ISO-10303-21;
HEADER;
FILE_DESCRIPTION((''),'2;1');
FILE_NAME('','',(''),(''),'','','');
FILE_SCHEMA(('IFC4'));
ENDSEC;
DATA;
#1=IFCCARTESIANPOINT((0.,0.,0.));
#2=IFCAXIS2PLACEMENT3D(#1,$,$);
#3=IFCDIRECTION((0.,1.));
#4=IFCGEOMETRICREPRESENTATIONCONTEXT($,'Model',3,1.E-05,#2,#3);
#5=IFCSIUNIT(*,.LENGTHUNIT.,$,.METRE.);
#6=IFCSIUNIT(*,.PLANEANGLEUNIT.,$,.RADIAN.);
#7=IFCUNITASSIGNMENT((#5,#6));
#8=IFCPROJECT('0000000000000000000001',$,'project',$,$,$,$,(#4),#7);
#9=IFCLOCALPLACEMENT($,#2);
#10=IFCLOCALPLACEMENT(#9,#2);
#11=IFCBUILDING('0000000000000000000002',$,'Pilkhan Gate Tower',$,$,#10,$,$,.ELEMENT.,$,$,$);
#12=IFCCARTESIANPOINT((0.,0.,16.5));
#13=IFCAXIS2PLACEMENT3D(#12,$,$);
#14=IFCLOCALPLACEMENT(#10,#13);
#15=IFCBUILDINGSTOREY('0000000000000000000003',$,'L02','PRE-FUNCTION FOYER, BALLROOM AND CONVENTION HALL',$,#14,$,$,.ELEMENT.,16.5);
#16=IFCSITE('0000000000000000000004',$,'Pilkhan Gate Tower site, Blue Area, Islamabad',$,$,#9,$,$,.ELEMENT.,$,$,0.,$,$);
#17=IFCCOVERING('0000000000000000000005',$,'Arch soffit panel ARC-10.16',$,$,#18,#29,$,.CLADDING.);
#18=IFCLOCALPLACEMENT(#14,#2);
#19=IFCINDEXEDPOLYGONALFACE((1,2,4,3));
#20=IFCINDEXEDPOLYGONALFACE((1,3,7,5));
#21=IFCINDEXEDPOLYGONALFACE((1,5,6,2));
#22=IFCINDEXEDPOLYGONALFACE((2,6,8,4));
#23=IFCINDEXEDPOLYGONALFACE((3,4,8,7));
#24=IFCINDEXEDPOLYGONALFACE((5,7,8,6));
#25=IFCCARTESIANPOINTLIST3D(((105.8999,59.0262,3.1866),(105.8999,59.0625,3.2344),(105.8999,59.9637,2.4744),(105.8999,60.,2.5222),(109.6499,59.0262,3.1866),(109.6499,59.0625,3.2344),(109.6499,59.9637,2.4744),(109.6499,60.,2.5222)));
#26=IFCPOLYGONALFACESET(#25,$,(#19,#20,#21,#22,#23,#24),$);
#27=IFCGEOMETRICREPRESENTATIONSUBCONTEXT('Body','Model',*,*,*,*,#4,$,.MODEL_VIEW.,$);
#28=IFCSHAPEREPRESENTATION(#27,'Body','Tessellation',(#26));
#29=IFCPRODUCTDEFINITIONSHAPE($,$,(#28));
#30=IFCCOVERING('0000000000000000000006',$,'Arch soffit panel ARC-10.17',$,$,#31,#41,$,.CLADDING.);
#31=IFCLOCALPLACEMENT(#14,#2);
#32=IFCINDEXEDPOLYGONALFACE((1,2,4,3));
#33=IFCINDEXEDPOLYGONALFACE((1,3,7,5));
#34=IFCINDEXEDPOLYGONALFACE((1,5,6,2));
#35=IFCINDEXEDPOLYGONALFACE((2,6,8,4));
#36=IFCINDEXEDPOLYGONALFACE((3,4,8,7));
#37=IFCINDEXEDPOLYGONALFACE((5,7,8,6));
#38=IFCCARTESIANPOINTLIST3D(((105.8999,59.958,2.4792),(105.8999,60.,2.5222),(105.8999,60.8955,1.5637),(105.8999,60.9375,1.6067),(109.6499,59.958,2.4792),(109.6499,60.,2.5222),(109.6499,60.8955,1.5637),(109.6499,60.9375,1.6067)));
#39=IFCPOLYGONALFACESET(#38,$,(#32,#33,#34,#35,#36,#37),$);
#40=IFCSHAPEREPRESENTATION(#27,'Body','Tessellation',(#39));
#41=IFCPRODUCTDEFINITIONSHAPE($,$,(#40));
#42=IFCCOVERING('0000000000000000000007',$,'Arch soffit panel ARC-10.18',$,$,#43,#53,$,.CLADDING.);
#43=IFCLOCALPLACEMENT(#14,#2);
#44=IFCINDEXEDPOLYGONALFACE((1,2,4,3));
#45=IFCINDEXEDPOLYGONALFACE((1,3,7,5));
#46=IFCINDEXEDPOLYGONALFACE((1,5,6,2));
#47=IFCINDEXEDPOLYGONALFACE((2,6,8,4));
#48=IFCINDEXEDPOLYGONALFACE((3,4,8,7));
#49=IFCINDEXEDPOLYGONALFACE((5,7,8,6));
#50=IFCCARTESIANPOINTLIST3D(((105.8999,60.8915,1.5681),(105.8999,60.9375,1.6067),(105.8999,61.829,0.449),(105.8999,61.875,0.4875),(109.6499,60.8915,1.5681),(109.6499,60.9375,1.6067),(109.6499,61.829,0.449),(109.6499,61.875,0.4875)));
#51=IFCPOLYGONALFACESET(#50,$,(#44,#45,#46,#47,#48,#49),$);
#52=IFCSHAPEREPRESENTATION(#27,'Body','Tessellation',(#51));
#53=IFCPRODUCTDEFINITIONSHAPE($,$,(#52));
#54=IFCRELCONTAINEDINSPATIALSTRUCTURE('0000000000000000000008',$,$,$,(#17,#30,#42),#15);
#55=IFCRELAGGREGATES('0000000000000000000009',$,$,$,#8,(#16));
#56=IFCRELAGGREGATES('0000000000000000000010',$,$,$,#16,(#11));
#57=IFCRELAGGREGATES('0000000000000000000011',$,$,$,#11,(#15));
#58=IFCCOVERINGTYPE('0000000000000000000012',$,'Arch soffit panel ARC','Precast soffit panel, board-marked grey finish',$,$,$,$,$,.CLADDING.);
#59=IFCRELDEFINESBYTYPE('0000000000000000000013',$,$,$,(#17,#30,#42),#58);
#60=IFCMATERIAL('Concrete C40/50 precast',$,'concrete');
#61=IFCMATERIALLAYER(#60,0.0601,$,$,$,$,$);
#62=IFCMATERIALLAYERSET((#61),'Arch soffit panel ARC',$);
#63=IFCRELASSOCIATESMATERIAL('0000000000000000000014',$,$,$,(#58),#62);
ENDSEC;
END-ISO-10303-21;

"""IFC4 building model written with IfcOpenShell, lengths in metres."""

from ifc_helpers import new_model, si_unit, direction, frame, origin, place, context, subcontext, project, spatial, polyline, outline, extrude, material, layer, layer_set, type_object, element, save


model = new_model("IFC4")

# Units and contexts
model_context = context("Model", 3, precision=1e-05, world=origin(), true_north=direction((0.0, 1.0)))
body_context = subcontext(model_context, "Body", "Model", "MODEL_VIEW")
ifc_project = project(units=[si_unit("LENGTHUNIT", "METRE"), si_unit("PLANEANGLEUNIT", "RADIAN")], contexts=[model_context])

# Site, building, storey
site_placement = place(None, origin())
site = spatial("IfcSite", under=ifc_project, at=site_placement, Name="Pilkhan Gate Tower site, Blue Area, Islamabad", CompositionType="ELEMENT", RefElevation=0.0)
building_placement = place(site_placement, origin())
building = spatial("IfcBuilding", under=site, at=building_placement, Name="Pilkhan Gate Tower", CompositionType="ELEMENT")
storey_placement = place(building_placement, frame((0.0, 0.0, 16.5)))
storey = spatial("IfcBuildingStorey", under=building, at=storey_placement, Name="L02", Description="PRE-FUNCTION FOYER, BALLROOM AND CONVENTION HALL", CompositionType="ELEMENT", Elevation=16.5)

# Coverings
ifc_material_1 = material(Name="Concrete C40/50 precast", Category="concrete")
ifc_layer_1 = layer(ifc_material_1, 0.0601)
ifc_layer_set_1 = layer_set([ifc_layer_1], Name="Arch soffit panel ARC")
covering_type = type_object("IfcCoveringType", Name="Arch soffit panel ARC", Description="Precast soffit panel, board-marked grey finish", PredefinedType="CLADDING", material=ifc_layer_set_1)
covering_1_placement = place(storey_placement, frame((105.8999, 59.0625, 3.2344), z_axis=(0.0, 0.604899, 0.796302), x_axis=(1.0, 0.0, 0.0)))
element("IfcCovering", 1, at=covering_1_placement, inside=storey, type_object=covering_type, Name="Arch soffit panel ARC-10.16", PredefinedType="CLADDING", context=body_context, shape_type="SweptSolid", body=[
    extrude(outline(polyline([(0.0, 0.0), (3.75, 0.0), (3.75, 1.1773), (0.0, 1.1773), (0.0, 0.0)])), origin(), (0.0, 0.0, -1.0), 0.0601),
])
covering_2_placement = place(storey_placement, frame((105.8999, 60.0, 2.5222), z_axis=(0.0, 0.698673, 0.715441), x_axis=(1.0, 0.0, 0.0)))
element("IfcCovering", 2, at=covering_2_placement, inside=storey, type_object=covering_type, Name="Arch soffit panel ARC-10.17", PredefinedType="CLADDING", context=body_context, shape_type="SweptSolid", body=[
    extrude(outline(polyline([(0.0, 0.0), (3.75, 0.0), (3.75, 1.3104), (0.0, 1.3104), (0.0, 0.0)])), origin(), (0.0, 0.0, -1.0), 0.0601),
])
covering_3_placement = place(storey_placement, frame((105.8999, 60.9375, 1.6067), z_axis=(0.0, 0.766574, 0.642156), x_axis=(1.0, 0.0, 0.0)))
element("IfcCovering", 3, at=covering_3_placement, inside=storey, type_object=covering_type, Name="Arch soffit panel ARC-10.18", PredefinedType="CLADDING", context=body_context, shape_type="SweptSolid", body=[
    extrude(outline(polyline([(0.0, 0.0), (3.75, 0.0), (3.75, 1.4599), (0.0, 1.4599), (0.0, 0.0)])), origin(), (0.0, 0.0, -1.0), 0.0601),
])

save(model, "model.ifc")
